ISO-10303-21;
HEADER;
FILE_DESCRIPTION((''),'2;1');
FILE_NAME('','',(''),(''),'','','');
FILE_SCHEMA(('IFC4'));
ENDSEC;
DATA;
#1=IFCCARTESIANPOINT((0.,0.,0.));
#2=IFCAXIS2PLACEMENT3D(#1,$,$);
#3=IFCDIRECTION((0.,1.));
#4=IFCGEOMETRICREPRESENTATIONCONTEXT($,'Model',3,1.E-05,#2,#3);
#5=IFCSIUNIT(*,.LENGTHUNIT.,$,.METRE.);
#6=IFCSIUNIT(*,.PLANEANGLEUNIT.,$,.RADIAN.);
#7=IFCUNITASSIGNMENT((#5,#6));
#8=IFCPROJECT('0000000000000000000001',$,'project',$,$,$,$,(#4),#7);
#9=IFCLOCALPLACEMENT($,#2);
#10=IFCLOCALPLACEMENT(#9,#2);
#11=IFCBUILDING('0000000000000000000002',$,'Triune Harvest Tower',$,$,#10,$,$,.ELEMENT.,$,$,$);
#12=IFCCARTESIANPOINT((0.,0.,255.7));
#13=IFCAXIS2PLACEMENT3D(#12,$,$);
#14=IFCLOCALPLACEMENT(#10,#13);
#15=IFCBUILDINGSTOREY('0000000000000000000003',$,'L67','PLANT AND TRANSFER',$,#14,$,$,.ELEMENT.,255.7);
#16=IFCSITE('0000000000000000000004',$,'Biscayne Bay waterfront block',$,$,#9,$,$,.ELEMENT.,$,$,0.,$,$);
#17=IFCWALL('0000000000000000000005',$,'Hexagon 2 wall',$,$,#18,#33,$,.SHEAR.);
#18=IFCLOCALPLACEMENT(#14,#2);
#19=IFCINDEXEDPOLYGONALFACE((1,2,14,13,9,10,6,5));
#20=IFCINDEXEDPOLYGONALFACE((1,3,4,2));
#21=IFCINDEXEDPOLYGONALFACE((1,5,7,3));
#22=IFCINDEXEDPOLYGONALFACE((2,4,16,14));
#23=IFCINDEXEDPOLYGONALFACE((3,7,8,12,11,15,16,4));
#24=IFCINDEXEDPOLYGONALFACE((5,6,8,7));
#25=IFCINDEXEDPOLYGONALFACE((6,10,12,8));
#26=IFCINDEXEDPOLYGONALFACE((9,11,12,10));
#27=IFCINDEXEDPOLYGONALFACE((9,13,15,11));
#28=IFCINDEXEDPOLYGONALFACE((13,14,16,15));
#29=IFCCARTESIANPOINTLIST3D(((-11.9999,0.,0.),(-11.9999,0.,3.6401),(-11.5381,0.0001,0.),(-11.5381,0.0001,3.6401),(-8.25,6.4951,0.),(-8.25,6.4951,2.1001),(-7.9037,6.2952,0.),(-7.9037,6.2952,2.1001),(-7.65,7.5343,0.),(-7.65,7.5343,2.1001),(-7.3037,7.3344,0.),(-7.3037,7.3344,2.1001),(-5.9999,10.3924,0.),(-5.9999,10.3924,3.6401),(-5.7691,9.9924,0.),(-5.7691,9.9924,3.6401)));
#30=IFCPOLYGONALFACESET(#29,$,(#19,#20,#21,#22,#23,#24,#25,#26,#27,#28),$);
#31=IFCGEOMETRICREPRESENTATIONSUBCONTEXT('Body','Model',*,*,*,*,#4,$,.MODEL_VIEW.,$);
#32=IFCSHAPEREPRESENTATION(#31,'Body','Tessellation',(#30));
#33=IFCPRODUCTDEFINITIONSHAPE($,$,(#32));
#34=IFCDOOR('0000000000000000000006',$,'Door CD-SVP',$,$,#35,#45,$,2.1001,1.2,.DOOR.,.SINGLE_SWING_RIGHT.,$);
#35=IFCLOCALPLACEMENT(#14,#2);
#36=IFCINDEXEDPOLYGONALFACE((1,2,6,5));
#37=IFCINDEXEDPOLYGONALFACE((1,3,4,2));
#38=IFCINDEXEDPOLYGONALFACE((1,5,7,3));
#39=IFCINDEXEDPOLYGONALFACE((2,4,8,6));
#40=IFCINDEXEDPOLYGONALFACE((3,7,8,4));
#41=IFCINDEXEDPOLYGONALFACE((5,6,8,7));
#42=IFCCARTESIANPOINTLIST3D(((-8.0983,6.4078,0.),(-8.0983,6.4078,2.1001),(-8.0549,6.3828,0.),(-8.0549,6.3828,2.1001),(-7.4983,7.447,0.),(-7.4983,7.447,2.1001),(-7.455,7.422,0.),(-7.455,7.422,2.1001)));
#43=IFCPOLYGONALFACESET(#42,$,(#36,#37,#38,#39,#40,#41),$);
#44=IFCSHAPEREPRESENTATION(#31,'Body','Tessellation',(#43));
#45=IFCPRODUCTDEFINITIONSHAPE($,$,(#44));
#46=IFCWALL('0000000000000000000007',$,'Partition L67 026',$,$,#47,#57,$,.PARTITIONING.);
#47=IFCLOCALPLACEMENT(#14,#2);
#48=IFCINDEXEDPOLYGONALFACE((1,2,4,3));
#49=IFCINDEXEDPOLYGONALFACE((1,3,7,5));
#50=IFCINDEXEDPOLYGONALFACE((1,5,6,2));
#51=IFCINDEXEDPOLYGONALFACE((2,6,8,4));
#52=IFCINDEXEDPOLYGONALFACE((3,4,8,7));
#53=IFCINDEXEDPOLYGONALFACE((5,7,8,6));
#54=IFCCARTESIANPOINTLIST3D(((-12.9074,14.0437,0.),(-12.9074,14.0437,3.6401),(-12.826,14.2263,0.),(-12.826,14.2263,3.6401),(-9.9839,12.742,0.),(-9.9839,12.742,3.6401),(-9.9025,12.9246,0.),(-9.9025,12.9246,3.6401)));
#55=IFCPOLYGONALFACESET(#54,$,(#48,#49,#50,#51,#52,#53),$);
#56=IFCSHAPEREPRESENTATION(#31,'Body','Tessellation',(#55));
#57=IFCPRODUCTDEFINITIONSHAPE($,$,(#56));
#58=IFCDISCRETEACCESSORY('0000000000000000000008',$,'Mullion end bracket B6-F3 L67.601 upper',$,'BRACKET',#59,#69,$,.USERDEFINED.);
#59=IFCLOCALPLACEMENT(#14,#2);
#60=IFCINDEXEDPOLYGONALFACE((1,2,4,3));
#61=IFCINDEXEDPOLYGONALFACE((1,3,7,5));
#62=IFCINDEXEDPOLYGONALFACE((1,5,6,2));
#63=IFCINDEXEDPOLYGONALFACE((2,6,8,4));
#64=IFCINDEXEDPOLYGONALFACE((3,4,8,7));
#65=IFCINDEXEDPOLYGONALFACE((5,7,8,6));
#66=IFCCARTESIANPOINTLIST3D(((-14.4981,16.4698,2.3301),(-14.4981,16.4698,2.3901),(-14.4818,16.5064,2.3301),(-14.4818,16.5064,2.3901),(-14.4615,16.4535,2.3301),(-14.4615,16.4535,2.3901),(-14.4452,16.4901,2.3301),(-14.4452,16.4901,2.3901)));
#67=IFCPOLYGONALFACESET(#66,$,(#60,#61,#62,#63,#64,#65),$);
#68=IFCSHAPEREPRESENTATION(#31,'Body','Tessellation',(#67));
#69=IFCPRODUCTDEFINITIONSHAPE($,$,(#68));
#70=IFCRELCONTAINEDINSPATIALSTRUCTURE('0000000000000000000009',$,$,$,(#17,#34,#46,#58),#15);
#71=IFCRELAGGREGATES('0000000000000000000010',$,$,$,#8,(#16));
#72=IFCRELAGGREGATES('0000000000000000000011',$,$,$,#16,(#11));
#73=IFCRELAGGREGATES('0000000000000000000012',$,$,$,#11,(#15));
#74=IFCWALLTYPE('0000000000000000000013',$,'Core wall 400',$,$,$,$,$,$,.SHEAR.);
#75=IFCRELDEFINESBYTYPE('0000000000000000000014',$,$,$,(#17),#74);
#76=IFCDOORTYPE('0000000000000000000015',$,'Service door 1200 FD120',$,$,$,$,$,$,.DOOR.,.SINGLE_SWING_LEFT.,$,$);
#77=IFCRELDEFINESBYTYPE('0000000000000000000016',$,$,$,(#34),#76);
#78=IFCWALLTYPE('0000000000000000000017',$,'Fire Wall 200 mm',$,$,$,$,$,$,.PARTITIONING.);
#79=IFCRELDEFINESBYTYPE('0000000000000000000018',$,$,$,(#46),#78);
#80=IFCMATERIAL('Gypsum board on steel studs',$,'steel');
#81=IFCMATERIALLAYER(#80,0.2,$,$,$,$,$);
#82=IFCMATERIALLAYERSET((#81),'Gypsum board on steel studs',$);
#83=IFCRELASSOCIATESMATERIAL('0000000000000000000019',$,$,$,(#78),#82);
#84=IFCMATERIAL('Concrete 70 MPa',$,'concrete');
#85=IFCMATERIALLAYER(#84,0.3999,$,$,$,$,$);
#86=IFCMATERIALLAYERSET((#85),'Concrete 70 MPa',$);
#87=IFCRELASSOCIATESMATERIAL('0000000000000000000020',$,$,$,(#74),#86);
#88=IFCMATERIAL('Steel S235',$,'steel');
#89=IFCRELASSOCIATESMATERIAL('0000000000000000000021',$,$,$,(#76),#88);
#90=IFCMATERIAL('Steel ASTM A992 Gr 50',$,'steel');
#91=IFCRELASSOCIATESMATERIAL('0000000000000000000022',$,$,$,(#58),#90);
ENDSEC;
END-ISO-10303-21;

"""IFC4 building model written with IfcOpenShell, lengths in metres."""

from ifc_helpers import new_model, si_unit, direction, frame, frame_2d, origin, origin_2d, place, context, subcontext, project, spatial, polyline, rectangle, outline, extrude, source, transform, mapped, material, layer, layer_set, type_object, element, fill, save


model = new_model("IFC4")

# Units and contexts
model_context = context("Model", 3, precision=1e-05, world=origin(), true_north=direction((0.0, 1.0)))
body_context = subcontext(model_context, "Body", "Model", "MODEL_VIEW")
ifc_project = project(units=[si_unit("LENGTHUNIT", "METRE"), si_unit("PLANEANGLEUNIT", "RADIAN")], contexts=[model_context])

# Site, building, storey
site_placement = place(None, origin())
site = spatial("IfcSite", under=ifc_project, at=site_placement, Name="Biscayne Bay waterfront block", CompositionType="ELEMENT", RefElevation=0.0)
building_placement = place(site_placement, origin())
building = spatial("IfcBuilding", under=site, at=building_placement, Name="Triune Harvest Tower", CompositionType="ELEMENT")
storey_placement = place(building_placement, frame((0.0, 0.0, 255.7)))
storey = spatial("IfcBuildingStorey", under=building, at=storey_placement, Name="L67", Description="PLANT AND TRANSFER", CompositionType="ELEMENT", Elevation=255.7)

# Shared definitions
ifc_material_1 = material(Name="Steel ASTM A992 Gr 50", Category="steel")

# Shared definitions
ifc_material_2 = material(Name="Gypsum board on steel studs", Category="steel")
ifc_layer_1 = layer(ifc_material_2, 0.2)
ifc_layer_set_1 = layer_set([ifc_layer_1], Name="Gypsum board on steel studs")
wall_type_1 = type_object("IfcWallType", Name="Fire Wall 200 mm", PredefinedType="PARTITIONING", material=ifc_layer_set_1)

# Wall, opening, door
ifc_material_3 = material(Name="Concrete 70 MPa", Category="concrete")
ifc_layer_2 = layer(ifc_material_3, 0.3999)
ifc_layer_set_2 = layer_set([ifc_layer_2], Name="Concrete 70 MPa")
wall_type_2 = type_object("IfcWallType", Name="Core wall 400", PredefinedType="SHEAR", material=ifc_layer_set_2)
shared_shape_1 = source(origin(), body_context, "Body", "SweptSolid", [
    extrude(outline(polyline([(-0.1155, -0.2), (11.8845, -0.2), (11.6536, 0.2), (0.1155, 0.2), (-0.1155, -0.2)])), origin(), (0.0, 0.0, 1.0), 3.6401),
])
wall_1_placement = place(storey_placement, frame((-5.8845, 10.1924, 0.0), z_axis=(0.0, 0.0, 1.0), x_axis=(-0.499997, -0.866027, 0.0)))
wall_1 = element("IfcWall", 1, at=wall_1_placement, inside=storey, type_object=wall_type_2, Name="Hexagon 2 wall", PredefinedType="SHEAR", context=body_context, shape_type="MappedRepresentation", body=[
    mapped(shared_shape_1, transform((0.0, 0.0, 0.0), scale=1.0)),
])
opening_placement = place(wall_1_placement, frame((3.1846, 0.0, 0.0)))
opening = element("IfcOpeningElement", 2, at=opening_placement, cuts=wall_1, PredefinedType="OPENING", context=body_context, shape_type="SweptSolid", body=[
    extrude(rectangle(XDim=1.2, YDim=2.1001, at=frame_2d((0.6001, 1.05))), frame((0.0, 0.21, 0.0), z_axis=(0.0, -1.0, 0.0), x_axis=(1.0, 0.0, 0.0)), (0.0, 0.0, 1.0), 0.4199),
])
ifc_material_4 = material(Name="Steel S235", Category="steel")
door_type = type_object("IfcDoorType", Name="Service door 1200 FD120", OperationType="SINGLE_SWING_LEFT", PredefinedType="DOOR", material=ifc_material_4)
door_placement = place(opening_placement, frame((1.2, 0.0, 0.0), z_axis=(0.0, 0.0, 1.0), x_axis=(-1.0, 0.0, 0.0)))
door = element("IfcDoor", 3, at=door_placement, inside=storey, type_object=door_type, Name="Door CD-SVP", OperationType="SINGLE_SWING_RIGHT", OverallHeight=2.1001, OverallWidth=1.2, PredefinedType="DOOR", context=body_context, shape_type="SweptSolid", body=[
    extrude(rectangle(XDim=1.2, YDim=2.1001, at=frame_2d((0.6001, 1.05))), frame((0.0, 0.0249, 0.0), z_axis=(0.0, -1.0, 0.0), x_axis=(1.0, 0.0, 0.0)), (0.0, 0.0, 1.0), 0.05),
])
fill(opening, door)

# Wall
shared_shape_2 = source(origin(), body_context, "Body", "SweptSolid", [
    extrude(rectangle(XDim=3.2002, YDim=0.2, at=frame_2d((1.6001, 0.0))), origin(), (0.0, 0.0, 1.0), 3.6401),
])
wall_2_placement = place(storey_placement, frame((-12.8667, 14.135, 0.0), z_axis=(0.0, 0.0, 1.0), x_axis=(0.913535, -0.406761, 0.0)))
element("IfcWall", 4, at=wall_2_placement, inside=storey, type_object=wall_type_1, Name="Partition L67 026", PredefinedType="PARTITIONING", context=body_context, shape_type="MappedRepresentation", body=[
    mapped(shared_shape_2, transform((0.0, 0.0, 0.0), scale=1.0)),
])

# Discrete accessory
shared_shape_3 = source(origin(), body_context, "Body", "SweptSolid", [
    extrude(rectangle(XDim=0.04, YDim=0.04, at=origin_2d()), origin(), (0.0, 0.0, 1.0), 0.0601),
])
discrete_accessory_placement = place(storey_placement, frame((-14.4717, 16.48, 2.3301), z_axis=(0.0, 0.0, 1.0), x_axis=(-0.406735, -0.913546, 0.0)))
element("IfcDiscreteAccessory", 5, at=discrete_accessory_placement, inside=storey, material=ifc_material_1, Name="Mullion end bracket B6-F3 L67.601 upper", ObjectType="BRACKET", PredefinedType="USERDEFINED", context=body_context, shape_type="MappedRepresentation", body=[
    mapped(shared_shape_3, transform((0.0, 0.0, 0.0), scale=1.0)),
])

save(model, "model.ifc")
